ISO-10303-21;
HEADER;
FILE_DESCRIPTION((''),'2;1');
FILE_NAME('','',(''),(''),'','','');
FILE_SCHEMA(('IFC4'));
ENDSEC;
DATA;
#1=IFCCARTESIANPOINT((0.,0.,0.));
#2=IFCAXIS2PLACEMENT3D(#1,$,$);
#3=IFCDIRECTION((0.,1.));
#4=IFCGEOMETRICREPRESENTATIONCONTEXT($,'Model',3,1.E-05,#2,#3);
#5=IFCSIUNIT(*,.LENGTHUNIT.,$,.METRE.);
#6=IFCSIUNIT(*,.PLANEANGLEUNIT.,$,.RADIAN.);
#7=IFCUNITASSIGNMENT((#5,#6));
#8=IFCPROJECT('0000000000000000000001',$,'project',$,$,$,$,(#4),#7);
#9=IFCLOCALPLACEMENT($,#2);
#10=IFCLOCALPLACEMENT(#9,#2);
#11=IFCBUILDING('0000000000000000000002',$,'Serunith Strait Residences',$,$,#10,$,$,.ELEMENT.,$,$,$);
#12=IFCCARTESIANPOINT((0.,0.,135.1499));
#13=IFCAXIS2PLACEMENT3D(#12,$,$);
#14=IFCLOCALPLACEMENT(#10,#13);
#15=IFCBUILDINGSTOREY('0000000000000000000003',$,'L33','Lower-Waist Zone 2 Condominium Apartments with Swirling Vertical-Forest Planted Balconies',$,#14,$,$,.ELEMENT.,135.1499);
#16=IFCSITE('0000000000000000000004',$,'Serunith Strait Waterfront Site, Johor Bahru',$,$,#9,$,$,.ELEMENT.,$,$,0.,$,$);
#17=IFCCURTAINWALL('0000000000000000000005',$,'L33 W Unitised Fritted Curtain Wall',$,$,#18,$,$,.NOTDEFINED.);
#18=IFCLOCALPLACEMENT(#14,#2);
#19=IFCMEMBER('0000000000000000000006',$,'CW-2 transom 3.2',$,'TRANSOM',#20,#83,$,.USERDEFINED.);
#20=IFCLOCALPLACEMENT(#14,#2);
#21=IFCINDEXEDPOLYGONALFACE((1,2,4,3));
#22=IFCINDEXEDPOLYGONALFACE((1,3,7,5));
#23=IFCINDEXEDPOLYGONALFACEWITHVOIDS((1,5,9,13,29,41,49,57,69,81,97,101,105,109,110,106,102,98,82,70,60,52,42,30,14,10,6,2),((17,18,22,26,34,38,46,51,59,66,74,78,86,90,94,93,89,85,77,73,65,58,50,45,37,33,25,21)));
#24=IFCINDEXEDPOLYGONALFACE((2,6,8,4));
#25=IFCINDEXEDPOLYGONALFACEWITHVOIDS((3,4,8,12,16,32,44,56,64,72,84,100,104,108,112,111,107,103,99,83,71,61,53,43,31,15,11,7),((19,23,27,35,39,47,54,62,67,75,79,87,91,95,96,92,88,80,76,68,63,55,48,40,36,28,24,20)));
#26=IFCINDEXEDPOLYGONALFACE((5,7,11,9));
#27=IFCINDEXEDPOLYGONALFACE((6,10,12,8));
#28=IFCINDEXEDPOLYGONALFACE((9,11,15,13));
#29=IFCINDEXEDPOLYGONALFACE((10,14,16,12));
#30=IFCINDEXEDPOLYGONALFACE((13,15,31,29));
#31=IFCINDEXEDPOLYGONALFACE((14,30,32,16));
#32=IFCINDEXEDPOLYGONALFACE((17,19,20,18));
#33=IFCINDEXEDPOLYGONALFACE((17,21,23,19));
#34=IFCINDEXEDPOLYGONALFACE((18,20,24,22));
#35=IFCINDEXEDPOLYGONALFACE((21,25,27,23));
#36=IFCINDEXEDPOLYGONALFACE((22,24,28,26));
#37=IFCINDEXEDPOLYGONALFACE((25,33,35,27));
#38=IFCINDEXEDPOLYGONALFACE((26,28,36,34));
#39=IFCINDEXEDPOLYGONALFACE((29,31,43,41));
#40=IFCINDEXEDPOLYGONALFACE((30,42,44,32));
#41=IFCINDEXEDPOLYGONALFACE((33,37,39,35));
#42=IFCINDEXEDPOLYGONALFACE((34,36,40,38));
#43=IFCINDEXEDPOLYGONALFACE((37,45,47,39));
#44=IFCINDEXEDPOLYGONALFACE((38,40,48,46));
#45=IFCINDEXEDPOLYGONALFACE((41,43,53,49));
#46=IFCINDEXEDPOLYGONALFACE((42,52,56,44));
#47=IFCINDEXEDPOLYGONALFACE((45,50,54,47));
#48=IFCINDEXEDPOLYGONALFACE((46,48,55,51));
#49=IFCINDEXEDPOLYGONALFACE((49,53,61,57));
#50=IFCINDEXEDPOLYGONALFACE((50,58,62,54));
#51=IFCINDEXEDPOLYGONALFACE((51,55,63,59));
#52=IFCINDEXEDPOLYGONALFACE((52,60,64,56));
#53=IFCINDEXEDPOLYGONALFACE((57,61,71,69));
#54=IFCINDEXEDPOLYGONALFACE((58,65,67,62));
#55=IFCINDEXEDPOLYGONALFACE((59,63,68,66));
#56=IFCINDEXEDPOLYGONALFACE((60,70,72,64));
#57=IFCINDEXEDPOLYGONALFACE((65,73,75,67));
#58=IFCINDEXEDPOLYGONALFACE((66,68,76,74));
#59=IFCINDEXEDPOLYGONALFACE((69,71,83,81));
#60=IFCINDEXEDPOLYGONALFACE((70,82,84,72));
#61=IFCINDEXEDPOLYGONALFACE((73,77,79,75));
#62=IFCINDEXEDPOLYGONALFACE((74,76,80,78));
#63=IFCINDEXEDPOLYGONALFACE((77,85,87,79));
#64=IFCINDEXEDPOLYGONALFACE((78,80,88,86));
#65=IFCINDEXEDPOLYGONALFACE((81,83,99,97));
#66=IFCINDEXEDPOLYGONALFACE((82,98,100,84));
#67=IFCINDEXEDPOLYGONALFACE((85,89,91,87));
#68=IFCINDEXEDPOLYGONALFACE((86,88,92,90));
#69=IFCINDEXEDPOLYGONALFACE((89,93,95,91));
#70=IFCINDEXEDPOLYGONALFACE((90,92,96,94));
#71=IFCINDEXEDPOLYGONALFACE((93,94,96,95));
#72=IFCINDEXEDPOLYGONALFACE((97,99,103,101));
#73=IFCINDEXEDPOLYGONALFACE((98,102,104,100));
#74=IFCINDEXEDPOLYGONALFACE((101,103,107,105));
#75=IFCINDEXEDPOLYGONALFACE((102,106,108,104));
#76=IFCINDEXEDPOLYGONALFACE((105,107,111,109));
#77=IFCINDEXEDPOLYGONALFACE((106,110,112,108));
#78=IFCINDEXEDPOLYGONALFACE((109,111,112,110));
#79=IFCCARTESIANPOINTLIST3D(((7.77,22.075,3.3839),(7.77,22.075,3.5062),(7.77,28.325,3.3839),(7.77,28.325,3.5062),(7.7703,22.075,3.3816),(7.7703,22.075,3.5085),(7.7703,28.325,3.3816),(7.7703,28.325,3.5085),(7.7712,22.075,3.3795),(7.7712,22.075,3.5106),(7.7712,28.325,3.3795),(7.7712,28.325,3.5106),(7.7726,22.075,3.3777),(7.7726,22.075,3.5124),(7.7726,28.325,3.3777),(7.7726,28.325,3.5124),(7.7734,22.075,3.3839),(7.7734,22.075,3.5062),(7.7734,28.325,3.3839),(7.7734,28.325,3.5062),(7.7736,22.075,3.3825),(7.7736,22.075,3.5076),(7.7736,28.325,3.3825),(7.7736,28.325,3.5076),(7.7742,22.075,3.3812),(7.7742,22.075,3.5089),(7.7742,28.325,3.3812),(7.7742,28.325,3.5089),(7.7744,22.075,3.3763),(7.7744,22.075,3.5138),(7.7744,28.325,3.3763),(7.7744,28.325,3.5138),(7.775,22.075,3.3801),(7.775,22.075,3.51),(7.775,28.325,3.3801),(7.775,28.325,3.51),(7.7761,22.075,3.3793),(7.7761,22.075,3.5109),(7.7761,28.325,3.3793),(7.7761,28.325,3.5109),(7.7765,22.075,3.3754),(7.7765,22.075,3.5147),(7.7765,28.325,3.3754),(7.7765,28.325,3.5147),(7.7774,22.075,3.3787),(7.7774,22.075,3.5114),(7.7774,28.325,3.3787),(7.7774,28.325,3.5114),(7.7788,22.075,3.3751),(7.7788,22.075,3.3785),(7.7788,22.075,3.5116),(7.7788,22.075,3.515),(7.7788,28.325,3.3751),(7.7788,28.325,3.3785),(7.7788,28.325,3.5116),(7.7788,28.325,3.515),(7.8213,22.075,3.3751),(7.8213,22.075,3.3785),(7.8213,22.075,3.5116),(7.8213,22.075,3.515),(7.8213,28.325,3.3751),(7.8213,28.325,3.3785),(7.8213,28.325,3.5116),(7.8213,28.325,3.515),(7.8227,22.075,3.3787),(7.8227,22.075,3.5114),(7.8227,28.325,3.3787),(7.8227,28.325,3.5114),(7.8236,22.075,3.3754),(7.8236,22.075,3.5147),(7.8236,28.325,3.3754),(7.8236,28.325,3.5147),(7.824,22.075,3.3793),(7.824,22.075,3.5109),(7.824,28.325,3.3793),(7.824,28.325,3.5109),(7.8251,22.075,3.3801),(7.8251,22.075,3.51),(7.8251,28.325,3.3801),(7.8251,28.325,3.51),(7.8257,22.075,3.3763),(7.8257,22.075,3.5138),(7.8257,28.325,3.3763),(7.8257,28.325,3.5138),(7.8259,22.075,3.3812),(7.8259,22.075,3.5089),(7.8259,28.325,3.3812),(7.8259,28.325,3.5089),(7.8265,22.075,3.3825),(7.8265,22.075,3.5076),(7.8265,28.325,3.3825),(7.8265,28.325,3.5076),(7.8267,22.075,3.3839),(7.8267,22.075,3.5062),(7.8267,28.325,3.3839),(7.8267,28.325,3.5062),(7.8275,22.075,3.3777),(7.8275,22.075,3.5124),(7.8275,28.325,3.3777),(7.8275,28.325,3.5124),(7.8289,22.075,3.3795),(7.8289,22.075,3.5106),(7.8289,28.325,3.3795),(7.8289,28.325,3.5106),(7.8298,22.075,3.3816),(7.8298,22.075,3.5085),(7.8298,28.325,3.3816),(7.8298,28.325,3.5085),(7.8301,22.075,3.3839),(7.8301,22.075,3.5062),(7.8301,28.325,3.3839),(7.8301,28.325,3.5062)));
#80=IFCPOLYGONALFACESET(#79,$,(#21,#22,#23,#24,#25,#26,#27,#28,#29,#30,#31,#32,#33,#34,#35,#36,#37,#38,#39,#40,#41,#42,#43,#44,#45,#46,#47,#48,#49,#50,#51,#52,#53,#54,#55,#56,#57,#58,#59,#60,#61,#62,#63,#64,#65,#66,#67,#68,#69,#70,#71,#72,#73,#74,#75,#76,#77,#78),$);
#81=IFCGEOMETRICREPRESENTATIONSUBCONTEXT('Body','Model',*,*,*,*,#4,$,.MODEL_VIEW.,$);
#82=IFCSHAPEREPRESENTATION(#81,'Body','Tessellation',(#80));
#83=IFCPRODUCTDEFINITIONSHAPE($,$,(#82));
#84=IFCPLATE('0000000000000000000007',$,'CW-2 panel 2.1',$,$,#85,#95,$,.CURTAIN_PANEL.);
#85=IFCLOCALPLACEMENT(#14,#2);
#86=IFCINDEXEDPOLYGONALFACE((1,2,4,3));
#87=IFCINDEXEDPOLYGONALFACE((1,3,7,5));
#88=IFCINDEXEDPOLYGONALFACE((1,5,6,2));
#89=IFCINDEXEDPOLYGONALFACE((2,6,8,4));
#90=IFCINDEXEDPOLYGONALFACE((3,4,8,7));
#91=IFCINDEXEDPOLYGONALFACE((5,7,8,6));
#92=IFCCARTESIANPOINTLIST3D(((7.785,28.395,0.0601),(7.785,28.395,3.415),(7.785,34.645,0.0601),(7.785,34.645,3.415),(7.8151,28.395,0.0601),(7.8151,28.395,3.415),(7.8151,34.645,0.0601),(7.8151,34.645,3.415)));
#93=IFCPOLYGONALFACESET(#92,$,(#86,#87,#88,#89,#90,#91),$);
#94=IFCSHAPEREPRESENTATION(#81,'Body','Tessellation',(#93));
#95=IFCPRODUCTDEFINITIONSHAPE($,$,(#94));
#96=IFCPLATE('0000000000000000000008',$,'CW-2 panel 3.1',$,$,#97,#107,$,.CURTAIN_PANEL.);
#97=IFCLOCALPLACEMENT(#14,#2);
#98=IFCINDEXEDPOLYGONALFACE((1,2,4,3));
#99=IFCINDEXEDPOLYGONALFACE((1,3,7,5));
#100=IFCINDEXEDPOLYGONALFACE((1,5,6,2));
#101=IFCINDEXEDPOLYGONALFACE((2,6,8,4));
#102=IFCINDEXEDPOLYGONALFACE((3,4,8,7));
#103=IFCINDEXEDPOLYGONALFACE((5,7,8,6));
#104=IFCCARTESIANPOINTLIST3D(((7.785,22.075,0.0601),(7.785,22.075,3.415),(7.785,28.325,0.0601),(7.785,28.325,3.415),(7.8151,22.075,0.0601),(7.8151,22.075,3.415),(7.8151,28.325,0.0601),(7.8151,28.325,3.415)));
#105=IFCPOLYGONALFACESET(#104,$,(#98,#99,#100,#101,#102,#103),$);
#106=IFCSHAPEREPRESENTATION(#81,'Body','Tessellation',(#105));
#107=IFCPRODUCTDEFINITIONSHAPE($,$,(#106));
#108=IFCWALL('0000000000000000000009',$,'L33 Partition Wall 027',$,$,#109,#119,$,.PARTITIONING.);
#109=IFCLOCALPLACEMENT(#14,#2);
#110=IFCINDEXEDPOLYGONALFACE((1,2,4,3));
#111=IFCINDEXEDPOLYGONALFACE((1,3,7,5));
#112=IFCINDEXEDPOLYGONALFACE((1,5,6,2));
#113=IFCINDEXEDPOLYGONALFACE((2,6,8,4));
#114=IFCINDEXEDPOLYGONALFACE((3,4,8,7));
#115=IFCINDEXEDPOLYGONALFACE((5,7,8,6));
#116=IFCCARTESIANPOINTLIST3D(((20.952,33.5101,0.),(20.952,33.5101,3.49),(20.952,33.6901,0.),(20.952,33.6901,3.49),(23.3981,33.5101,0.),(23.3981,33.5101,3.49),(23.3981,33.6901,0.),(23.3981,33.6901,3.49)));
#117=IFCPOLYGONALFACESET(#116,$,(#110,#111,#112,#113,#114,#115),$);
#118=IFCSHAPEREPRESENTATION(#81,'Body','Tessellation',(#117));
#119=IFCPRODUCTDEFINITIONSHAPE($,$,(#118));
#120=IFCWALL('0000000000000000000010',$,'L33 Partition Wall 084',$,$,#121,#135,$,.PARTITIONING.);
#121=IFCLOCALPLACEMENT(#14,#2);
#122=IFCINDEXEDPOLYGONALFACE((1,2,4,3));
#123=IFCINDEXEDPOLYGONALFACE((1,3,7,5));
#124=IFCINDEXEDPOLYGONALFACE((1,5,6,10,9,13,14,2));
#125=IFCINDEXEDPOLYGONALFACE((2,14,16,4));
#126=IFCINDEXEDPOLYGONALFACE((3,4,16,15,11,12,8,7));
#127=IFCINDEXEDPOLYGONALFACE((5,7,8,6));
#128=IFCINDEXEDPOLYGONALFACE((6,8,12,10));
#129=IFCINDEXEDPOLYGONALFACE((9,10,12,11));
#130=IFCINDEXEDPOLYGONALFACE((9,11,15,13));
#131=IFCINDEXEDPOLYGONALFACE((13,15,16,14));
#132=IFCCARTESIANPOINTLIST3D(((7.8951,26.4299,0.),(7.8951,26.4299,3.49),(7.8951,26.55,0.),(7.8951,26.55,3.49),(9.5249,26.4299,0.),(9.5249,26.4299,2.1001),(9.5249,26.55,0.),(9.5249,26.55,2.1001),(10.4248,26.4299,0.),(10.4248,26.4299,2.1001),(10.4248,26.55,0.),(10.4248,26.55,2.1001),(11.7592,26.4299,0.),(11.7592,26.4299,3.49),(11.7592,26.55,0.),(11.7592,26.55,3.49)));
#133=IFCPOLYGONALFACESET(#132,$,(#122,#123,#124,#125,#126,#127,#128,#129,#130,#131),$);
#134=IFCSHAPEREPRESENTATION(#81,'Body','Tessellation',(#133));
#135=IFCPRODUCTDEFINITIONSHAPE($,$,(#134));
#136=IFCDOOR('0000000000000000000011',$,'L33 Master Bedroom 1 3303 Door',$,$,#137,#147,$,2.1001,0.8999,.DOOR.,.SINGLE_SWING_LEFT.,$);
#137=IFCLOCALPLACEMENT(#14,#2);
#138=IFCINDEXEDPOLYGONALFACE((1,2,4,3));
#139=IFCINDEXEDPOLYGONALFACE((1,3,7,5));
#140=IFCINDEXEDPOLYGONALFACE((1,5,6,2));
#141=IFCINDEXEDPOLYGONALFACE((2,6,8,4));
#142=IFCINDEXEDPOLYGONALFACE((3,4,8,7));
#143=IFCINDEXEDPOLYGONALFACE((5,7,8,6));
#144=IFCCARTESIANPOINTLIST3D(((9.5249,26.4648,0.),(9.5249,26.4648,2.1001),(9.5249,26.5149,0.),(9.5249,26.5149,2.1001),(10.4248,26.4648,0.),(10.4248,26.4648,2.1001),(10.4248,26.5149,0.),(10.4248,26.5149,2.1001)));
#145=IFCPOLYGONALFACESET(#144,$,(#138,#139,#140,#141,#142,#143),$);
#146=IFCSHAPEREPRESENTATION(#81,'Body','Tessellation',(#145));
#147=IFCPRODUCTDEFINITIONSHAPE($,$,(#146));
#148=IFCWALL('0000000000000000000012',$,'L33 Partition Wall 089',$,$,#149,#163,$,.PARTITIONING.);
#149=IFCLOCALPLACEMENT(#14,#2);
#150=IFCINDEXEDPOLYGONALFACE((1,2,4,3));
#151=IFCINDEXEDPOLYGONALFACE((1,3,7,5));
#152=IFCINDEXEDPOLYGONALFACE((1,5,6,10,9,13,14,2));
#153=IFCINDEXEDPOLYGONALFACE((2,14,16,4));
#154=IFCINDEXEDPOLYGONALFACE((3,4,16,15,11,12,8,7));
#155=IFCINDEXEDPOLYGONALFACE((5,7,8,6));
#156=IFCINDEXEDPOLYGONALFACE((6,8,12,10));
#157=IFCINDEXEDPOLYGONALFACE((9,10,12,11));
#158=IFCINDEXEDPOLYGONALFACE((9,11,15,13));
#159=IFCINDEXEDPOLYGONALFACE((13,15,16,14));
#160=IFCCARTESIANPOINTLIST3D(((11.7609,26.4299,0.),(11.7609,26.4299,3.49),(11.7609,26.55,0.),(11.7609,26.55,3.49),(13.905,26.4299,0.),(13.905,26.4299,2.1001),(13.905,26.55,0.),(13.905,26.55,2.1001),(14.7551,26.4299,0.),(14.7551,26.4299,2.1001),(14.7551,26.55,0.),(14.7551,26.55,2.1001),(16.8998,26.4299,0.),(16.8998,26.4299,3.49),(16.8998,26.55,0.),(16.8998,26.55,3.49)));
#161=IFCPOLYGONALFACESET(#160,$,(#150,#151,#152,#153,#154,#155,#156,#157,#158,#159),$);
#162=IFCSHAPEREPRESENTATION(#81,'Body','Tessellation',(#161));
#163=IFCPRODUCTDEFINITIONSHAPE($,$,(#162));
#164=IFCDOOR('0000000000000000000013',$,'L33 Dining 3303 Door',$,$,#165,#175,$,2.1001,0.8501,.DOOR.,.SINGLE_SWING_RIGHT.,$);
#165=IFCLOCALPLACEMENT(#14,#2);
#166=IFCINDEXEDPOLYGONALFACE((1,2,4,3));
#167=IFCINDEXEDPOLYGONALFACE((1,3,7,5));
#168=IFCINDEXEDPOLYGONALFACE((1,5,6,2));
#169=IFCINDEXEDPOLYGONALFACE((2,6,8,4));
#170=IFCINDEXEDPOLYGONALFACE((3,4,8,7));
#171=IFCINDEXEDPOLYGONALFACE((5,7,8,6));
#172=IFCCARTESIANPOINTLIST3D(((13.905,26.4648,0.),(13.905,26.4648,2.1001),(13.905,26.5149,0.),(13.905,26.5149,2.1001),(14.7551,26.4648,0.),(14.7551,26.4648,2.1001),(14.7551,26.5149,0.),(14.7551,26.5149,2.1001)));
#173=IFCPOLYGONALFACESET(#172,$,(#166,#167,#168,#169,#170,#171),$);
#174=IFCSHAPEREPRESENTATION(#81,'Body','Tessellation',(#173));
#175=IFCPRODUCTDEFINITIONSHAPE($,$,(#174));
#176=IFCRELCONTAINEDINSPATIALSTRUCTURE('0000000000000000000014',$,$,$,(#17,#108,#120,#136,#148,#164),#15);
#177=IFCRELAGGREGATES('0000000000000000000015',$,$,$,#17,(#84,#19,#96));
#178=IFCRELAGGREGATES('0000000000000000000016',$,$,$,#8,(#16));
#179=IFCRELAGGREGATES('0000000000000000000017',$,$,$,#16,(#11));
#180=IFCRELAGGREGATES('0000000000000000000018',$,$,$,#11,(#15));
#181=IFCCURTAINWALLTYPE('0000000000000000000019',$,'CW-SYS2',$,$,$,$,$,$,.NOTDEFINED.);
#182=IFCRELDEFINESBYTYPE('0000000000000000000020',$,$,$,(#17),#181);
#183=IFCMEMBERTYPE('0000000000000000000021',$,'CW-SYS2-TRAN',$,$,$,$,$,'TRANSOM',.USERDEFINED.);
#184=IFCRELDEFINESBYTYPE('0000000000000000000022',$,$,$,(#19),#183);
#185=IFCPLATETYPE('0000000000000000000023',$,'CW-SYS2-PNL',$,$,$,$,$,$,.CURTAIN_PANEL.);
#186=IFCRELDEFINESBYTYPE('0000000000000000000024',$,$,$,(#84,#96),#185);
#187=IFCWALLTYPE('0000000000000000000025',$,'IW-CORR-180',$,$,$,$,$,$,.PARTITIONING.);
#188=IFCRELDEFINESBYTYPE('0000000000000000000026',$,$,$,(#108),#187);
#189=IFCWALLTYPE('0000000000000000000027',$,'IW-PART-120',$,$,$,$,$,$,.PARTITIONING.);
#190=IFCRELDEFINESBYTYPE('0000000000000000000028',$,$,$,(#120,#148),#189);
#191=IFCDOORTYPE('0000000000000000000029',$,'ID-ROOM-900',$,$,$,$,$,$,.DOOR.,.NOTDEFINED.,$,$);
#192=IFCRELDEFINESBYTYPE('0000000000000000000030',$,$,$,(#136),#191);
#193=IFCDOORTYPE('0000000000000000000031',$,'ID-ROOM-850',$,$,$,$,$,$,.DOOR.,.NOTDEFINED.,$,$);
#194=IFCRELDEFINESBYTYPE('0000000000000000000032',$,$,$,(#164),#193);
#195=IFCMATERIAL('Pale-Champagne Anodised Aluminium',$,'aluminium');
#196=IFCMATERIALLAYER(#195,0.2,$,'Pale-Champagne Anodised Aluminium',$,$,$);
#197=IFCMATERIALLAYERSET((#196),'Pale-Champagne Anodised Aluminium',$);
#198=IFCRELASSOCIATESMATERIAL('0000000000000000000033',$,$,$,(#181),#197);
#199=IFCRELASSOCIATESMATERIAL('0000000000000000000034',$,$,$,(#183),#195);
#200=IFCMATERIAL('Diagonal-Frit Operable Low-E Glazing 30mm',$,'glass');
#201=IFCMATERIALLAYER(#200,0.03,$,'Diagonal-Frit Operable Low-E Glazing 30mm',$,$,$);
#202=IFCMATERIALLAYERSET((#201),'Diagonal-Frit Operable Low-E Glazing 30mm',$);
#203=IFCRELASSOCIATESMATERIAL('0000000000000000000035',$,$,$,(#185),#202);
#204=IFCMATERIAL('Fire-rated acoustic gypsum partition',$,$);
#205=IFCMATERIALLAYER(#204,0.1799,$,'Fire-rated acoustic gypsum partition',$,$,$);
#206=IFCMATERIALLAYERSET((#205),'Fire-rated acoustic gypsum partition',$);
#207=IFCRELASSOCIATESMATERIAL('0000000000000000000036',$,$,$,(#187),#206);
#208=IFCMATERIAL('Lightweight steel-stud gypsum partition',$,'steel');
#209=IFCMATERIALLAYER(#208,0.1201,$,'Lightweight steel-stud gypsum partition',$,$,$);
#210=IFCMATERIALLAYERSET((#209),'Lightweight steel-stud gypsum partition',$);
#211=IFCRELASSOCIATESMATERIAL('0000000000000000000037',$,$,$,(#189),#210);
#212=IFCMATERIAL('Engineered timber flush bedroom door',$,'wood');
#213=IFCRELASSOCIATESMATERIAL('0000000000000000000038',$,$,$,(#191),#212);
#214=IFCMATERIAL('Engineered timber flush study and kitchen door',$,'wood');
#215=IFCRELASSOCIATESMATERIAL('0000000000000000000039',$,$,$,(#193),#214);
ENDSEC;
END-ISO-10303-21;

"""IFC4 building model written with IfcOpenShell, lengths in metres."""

from ifc_helpers import new_model, si_unit, direction, frame, frame_2d, origin, origin_2d, place, context, subcontext, project, spatial, rectangle, hollow_rectangle, extrude, source, transform, mapped, material, layer, layer_set, material_profile, profile_set, type_object, element, fill, aggregate, save


model = new_model("IFC4")

# Units and contexts
model_context = context("Model", 3, precision=1e-05, world=origin(), true_north=direction((0.0, 1.0)))
body_context = subcontext(model_context, "Body", "Model", "MODEL_VIEW")
ifc_project = project(units=[si_unit("LENGTHUNIT", "METRE"), si_unit("PLANEANGLEUNIT", "RADIAN")], contexts=[model_context])

# Site, building, storey
site_placement = place(None, origin())
site = spatial("IfcSite", under=ifc_project, at=site_placement, Name="Serunith Strait Waterfront Site, Johor Bahru", CompositionType="ELEMENT", RefElevation=0.0)
building_placement = place(site_placement, origin())
building = spatial("IfcBuilding", under=site, at=building_placement, Name="Serunith Strait Residences", CompositionType="ELEMENT")
storey_placement = place(building_placement, frame((0.0, 0.0, 135.1499)))
storey = spatial("IfcBuildingStorey", under=building, at=storey_placement, Name="L33", Description="Lower-Waist Zone 2 Condominium Apartments with Swirling Vertical-Forest Planted Balconies", CompositionType="ELEMENT", Elevation=135.1499)

# Curtain wall, member, plates
ifc_material_1 = material(Name="Pale-Champagne Anodised Aluminium", Category="aluminium")
ifc_layer_1 = layer(ifc_material_1, 0.2, Name="Pale-Champagne Anodised Aluminium")
ifc_layer_set_1 = layer_set([ifc_layer_1], Name="Pale-Champagne Anodised Aluminium")
curtain_wall_type = type_object("IfcCurtainWallType", Name="CW-SYS2", PredefinedType="NOTDEFINED", material=ifc_layer_set_1)
curtain_wall_placement = place(storey_placement, origin())
curtain_wall = element("IfcCurtainWall", 1, at=curtain_wall_placement, inside=storey, type_object=curtain_wall_type, Name="L33 W Unitised Fritted Curtain Wall", PredefinedType="NOTDEFINED")
ifc_material_profile_1 = material_profile(ifc_material_1, hollow_rectangle(XDim=0.0601, YDim=0.1399, WallThickness=0.0034, InnerFilletRadius=0.0054, OuterFilletRadius=0.0088, at=origin_2d()), Name="ALU 140x60x3.5")
ifc_profile_set_1 = profile_set([ifc_material_profile_1], Name="Pale-Champagne Anodised Aluminium")
member_type_1 = type_object("IfcMemberType", Name="CW-SYS2-TRAN", ElementType="TRANSOM", PredefinedType="USERDEFINED", material=ifc_profile_set_1)
shared_shape_1 = source(origin(), body_context, "Body", "SweptSolid", [
    extrude(hollow_rectangle(XDim=0.0601, YDim=0.1399, WallThickness=0.0034, InnerFilletRadius=0.0054, OuterFilletRadius=0.0088, at=origin_2d()), origin(), (0.0, 0.0, 1.0), 6.25),
])
member_1_placement = place(storey_placement, frame((7.8, 28.325, 3.4451), z_axis=(0.0, -1.0, 0.0), x_axis=(1.0, 0.0, 0.0)))
member_1 = element("IfcMember", 2, at=member_1_placement, type_object=member_type_1, Name="CW-2 transom 3.2", ObjectType="TRANSOM", PredefinedType="USERDEFINED", context=body_context, shape_type="MappedRepresentation", body=[
    mapped(shared_shape_1, transform((0.0, 0.0, 0.0), scale=1.0)),
])
ifc_material_2 = material(Name="Diagonal-Frit Operable Low-E Glazing 30mm", Category="glass")
ifc_layer_2 = layer(ifc_material_2, 0.03, Name="Diagonal-Frit Operable Low-E Glazing 30mm")
ifc_layer_set_2 = layer_set([ifc_layer_2], Name="Diagonal-Frit Operable Low-E Glazing 30mm")
plate_type = type_object("IfcPlateType", Name="CW-SYS2-PNL", PredefinedType="CURTAIN_PANEL", material=ifc_layer_set_2)
shared_shape_2 = source(origin(), body_context, "Body", "SweptSolid", [
    extrude(rectangle(XDim=6.25, YDim=0.03, at=origin_2d()), origin(), (0.0, 0.0, 1.0), 3.355),
])
plate_1_placement = place(storey_placement, frame((7.8, 31.52, 0.0601), z_axis=(0.0, 0.0, 1.0), x_axis=(0.0, -1.0, 0.0)))
plate_1 = element("IfcPlate", 3, at=plate_1_placement, type_object=plate_type, Name="CW-2 panel 2.1", PredefinedType="CURTAIN_PANEL", context=body_context, shape_type="MappedRepresentation", body=[
    mapped(shared_shape_2, transform((0.0, 0.0, 0.0), scale=1.0)),
])
plate_2_placement = place(storey_placement, frame((7.8, 25.2, 0.0601), z_axis=(0.0, 0.0, 1.0), x_axis=(0.0, -1.0, 0.0)))
plate_2 = element("IfcPlate", 4, at=plate_2_placement, type_object=plate_type, Name="CW-2 panel 3.1", PredefinedType="CURTAIN_PANEL", context=body_context, shape_type="MappedRepresentation", body=[
    mapped(shared_shape_2, transform((0.0, 0.0, 0.0), scale=1.0)),
])
aggregate(curtain_wall, [plate_1, member_1, plate_2])

# Wall
ifc_material_3 = material(Name="Fire-rated acoustic gypsum partition")
ifc_layer_3 = layer(ifc_material_3, 0.1799, Name="Fire-rated acoustic gypsum partition")
ifc_layer_set_3 = layer_set([ifc_layer_3], Name="Fire-rated acoustic gypsum partition")
wall_type_1 = type_object("IfcWallType", Name="IW-CORR-180", PredefinedType="PARTITIONING", material=ifc_layer_set_3)
wall_1_placement = place(storey_placement, frame((20.9519, 33.6001, 0.0), z_axis=(0.0, 0.0, 1.0), x_axis=(1.0, 0.0, 0.0)))
element("IfcWall", 5, at=wall_1_placement, inside=storey, type_object=wall_type_1, Name="L33 Partition Wall 027", PredefinedType="PARTITIONING", context=body_context, shape_type="SweptSolid", body=[
    extrude(rectangle(XDim=2.446, YDim=0.1799, at=frame_2d((1.2231, 0.0))), origin(), (0.0, 0.0, 1.0), 3.49),
])

# Walls, openings, doors
ifc_material_4 = material(Name="Lightweight steel-stud gypsum partition", Category="steel")
ifc_layer_4 = layer(ifc_material_4, 0.1201, Name="Lightweight steel-stud gypsum partition")
ifc_layer_set_4 = layer_set([ifc_layer_4], Name="Lightweight steel-stud gypsum partition")
wall_type_2 = type_object("IfcWallType", Name="IW-PART-120", PredefinedType="PARTITIONING", material=ifc_layer_set_4)
wall_2_placement = place(storey_placement, frame((7.895, 26.49, 0.0), z_axis=(0.0, 0.0, 1.0), x_axis=(1.0, 0.0, 0.0)))
wall_2 = element("IfcWall", 6, at=wall_2_placement, inside=storey, type_object=wall_type_2, Name="L33 Partition Wall 084", PredefinedType="PARTITIONING", context=body_context, shape_type="SweptSolid", body=[
    extrude(rectangle(XDim=3.864, YDim=0.1201, at=frame_2d((1.9321, 0.0))), origin(), (0.0, 0.0, 1.0), 3.49),
])
opening_1_placement = place(wall_2_placement, frame((1.6299, 0.0, 0.0)))
opening_1 = element("IfcOpeningElement", 7, at=opening_1_placement, cuts=wall_2, PredefinedType="OPENING", context=body_context, shape_type="SweptSolid", body=[
    extrude(rectangle(XDim=0.8999, YDim=2.1001, at=frame_2d((0.45, 1.05))), frame((0.0, 0.0701, 0.0), z_axis=(0.0, -1.0, 0.0), x_axis=(1.0, 0.0, 0.0)), (0.0, 0.0, 1.0), 0.1401),
])
ifc_material_5 = material(Name="Engineered timber flush bedroom door", Category="wood")
door_type_1 = type_object("IfcDoorType", Name="ID-ROOM-900", OperationType="NOTDEFINED", PredefinedType="DOOR", material=ifc_material_5)
shared_shape_3 = source(origin(), body_context, "Body", "SweptSolid", [
    extrude(rectangle(XDim=0.8999, YDim=2.1001, at=frame_2d((0.45, 1.05))), frame((0.0, 0.0249, 0.0), z_axis=(0.0, -1.0, 0.0), x_axis=(1.0, 0.0, 0.0)), (0.0, 0.0, 1.0), 0.05),
])
door_1_placement = place(opening_1_placement, origin())
door_1 = element("IfcDoor", 8, at=door_1_placement, inside=storey, type_object=door_type_1, Name="L33 Master Bedroom 1 3303 Door", OperationType="SINGLE_SWING_LEFT", OverallHeight=2.1001, OverallWidth=0.8999, PredefinedType="DOOR", context=body_context, shape_type="MappedRepresentation", body=[
    mapped(shared_shape_3, transform((0.0, 0.0, 0.0), scale=1.0)),
])
fill(opening_1, door_1)
wall_3_placement = place(storey_placement, frame((11.761, 26.49, 0.0), z_axis=(0.0, 0.0, 1.0), x_axis=(1.0, 0.0, 0.0)))
wall_3 = element("IfcWall", 9, at=wall_3_placement, inside=storey, type_object=wall_type_2, Name="L33 Partition Wall 089", PredefinedType="PARTITIONING", context=body_context, shape_type="SweptSolid", body=[
    extrude(rectangle(XDim=5.1389, YDim=0.1201, at=frame_2d((2.5693, 0.0))), origin(), (0.0, 0.0, 1.0), 3.49),
])
opening_2_placement = place(wall_3_placement, frame((2.144, 0.0, 0.0)))
opening_2 = element("IfcOpeningElement", 10, at=opening_2_placement, cuts=wall_3, PredefinedType="OPENING", context=body_context, shape_type="SweptSolid", body=[
    extrude(rectangle(XDim=0.8501, YDim=2.1001, at=frame_2d((0.425, 1.05))), frame((0.0, 0.0701, 0.0), z_axis=(0.0, -1.0, 0.0), x_axis=(1.0, 0.0, 0.0)), (0.0, 0.0, 1.0), 0.1401),
])
ifc_material_6 = material(Name="Engineered timber flush study and kitchen door", Category="wood")
door_type_2 = type_object("IfcDoorType", Name="ID-ROOM-850", OperationType="NOTDEFINED", PredefinedType="DOOR", material=ifc_material_6)
shared_shape_4 = source(origin(), body_context, "Body", "SweptSolid", [
    extrude(rectangle(XDim=0.8501, YDim=2.1001, at=frame_2d((0.425, 1.05))), frame((0.0, 0.0249, 0.0), z_axis=(0.0, -1.0, 0.0), x_axis=(1.0, 0.0, 0.0)), (0.0, 0.0, 1.0), 0.05),
])
door_2_placement = place(opening_2_placement, origin())
door_2 = element("IfcDoor", 11, at=door_2_placement, inside=storey, type_object=door_type_2, Name="L33 Dining 3303 Door", OperationType="SINGLE_SWING_RIGHT", OverallHeight=2.1001, OverallWidth=0.8501, PredefinedType="DOOR", context=body_context, shape_type="MappedRepresentation", body=[
    mapped(shared_shape_4, transform((0.0, 0.0, 0.0), scale=1.0)),
])
fill(opening_2, door_2)

save(model, "model.ifc")
